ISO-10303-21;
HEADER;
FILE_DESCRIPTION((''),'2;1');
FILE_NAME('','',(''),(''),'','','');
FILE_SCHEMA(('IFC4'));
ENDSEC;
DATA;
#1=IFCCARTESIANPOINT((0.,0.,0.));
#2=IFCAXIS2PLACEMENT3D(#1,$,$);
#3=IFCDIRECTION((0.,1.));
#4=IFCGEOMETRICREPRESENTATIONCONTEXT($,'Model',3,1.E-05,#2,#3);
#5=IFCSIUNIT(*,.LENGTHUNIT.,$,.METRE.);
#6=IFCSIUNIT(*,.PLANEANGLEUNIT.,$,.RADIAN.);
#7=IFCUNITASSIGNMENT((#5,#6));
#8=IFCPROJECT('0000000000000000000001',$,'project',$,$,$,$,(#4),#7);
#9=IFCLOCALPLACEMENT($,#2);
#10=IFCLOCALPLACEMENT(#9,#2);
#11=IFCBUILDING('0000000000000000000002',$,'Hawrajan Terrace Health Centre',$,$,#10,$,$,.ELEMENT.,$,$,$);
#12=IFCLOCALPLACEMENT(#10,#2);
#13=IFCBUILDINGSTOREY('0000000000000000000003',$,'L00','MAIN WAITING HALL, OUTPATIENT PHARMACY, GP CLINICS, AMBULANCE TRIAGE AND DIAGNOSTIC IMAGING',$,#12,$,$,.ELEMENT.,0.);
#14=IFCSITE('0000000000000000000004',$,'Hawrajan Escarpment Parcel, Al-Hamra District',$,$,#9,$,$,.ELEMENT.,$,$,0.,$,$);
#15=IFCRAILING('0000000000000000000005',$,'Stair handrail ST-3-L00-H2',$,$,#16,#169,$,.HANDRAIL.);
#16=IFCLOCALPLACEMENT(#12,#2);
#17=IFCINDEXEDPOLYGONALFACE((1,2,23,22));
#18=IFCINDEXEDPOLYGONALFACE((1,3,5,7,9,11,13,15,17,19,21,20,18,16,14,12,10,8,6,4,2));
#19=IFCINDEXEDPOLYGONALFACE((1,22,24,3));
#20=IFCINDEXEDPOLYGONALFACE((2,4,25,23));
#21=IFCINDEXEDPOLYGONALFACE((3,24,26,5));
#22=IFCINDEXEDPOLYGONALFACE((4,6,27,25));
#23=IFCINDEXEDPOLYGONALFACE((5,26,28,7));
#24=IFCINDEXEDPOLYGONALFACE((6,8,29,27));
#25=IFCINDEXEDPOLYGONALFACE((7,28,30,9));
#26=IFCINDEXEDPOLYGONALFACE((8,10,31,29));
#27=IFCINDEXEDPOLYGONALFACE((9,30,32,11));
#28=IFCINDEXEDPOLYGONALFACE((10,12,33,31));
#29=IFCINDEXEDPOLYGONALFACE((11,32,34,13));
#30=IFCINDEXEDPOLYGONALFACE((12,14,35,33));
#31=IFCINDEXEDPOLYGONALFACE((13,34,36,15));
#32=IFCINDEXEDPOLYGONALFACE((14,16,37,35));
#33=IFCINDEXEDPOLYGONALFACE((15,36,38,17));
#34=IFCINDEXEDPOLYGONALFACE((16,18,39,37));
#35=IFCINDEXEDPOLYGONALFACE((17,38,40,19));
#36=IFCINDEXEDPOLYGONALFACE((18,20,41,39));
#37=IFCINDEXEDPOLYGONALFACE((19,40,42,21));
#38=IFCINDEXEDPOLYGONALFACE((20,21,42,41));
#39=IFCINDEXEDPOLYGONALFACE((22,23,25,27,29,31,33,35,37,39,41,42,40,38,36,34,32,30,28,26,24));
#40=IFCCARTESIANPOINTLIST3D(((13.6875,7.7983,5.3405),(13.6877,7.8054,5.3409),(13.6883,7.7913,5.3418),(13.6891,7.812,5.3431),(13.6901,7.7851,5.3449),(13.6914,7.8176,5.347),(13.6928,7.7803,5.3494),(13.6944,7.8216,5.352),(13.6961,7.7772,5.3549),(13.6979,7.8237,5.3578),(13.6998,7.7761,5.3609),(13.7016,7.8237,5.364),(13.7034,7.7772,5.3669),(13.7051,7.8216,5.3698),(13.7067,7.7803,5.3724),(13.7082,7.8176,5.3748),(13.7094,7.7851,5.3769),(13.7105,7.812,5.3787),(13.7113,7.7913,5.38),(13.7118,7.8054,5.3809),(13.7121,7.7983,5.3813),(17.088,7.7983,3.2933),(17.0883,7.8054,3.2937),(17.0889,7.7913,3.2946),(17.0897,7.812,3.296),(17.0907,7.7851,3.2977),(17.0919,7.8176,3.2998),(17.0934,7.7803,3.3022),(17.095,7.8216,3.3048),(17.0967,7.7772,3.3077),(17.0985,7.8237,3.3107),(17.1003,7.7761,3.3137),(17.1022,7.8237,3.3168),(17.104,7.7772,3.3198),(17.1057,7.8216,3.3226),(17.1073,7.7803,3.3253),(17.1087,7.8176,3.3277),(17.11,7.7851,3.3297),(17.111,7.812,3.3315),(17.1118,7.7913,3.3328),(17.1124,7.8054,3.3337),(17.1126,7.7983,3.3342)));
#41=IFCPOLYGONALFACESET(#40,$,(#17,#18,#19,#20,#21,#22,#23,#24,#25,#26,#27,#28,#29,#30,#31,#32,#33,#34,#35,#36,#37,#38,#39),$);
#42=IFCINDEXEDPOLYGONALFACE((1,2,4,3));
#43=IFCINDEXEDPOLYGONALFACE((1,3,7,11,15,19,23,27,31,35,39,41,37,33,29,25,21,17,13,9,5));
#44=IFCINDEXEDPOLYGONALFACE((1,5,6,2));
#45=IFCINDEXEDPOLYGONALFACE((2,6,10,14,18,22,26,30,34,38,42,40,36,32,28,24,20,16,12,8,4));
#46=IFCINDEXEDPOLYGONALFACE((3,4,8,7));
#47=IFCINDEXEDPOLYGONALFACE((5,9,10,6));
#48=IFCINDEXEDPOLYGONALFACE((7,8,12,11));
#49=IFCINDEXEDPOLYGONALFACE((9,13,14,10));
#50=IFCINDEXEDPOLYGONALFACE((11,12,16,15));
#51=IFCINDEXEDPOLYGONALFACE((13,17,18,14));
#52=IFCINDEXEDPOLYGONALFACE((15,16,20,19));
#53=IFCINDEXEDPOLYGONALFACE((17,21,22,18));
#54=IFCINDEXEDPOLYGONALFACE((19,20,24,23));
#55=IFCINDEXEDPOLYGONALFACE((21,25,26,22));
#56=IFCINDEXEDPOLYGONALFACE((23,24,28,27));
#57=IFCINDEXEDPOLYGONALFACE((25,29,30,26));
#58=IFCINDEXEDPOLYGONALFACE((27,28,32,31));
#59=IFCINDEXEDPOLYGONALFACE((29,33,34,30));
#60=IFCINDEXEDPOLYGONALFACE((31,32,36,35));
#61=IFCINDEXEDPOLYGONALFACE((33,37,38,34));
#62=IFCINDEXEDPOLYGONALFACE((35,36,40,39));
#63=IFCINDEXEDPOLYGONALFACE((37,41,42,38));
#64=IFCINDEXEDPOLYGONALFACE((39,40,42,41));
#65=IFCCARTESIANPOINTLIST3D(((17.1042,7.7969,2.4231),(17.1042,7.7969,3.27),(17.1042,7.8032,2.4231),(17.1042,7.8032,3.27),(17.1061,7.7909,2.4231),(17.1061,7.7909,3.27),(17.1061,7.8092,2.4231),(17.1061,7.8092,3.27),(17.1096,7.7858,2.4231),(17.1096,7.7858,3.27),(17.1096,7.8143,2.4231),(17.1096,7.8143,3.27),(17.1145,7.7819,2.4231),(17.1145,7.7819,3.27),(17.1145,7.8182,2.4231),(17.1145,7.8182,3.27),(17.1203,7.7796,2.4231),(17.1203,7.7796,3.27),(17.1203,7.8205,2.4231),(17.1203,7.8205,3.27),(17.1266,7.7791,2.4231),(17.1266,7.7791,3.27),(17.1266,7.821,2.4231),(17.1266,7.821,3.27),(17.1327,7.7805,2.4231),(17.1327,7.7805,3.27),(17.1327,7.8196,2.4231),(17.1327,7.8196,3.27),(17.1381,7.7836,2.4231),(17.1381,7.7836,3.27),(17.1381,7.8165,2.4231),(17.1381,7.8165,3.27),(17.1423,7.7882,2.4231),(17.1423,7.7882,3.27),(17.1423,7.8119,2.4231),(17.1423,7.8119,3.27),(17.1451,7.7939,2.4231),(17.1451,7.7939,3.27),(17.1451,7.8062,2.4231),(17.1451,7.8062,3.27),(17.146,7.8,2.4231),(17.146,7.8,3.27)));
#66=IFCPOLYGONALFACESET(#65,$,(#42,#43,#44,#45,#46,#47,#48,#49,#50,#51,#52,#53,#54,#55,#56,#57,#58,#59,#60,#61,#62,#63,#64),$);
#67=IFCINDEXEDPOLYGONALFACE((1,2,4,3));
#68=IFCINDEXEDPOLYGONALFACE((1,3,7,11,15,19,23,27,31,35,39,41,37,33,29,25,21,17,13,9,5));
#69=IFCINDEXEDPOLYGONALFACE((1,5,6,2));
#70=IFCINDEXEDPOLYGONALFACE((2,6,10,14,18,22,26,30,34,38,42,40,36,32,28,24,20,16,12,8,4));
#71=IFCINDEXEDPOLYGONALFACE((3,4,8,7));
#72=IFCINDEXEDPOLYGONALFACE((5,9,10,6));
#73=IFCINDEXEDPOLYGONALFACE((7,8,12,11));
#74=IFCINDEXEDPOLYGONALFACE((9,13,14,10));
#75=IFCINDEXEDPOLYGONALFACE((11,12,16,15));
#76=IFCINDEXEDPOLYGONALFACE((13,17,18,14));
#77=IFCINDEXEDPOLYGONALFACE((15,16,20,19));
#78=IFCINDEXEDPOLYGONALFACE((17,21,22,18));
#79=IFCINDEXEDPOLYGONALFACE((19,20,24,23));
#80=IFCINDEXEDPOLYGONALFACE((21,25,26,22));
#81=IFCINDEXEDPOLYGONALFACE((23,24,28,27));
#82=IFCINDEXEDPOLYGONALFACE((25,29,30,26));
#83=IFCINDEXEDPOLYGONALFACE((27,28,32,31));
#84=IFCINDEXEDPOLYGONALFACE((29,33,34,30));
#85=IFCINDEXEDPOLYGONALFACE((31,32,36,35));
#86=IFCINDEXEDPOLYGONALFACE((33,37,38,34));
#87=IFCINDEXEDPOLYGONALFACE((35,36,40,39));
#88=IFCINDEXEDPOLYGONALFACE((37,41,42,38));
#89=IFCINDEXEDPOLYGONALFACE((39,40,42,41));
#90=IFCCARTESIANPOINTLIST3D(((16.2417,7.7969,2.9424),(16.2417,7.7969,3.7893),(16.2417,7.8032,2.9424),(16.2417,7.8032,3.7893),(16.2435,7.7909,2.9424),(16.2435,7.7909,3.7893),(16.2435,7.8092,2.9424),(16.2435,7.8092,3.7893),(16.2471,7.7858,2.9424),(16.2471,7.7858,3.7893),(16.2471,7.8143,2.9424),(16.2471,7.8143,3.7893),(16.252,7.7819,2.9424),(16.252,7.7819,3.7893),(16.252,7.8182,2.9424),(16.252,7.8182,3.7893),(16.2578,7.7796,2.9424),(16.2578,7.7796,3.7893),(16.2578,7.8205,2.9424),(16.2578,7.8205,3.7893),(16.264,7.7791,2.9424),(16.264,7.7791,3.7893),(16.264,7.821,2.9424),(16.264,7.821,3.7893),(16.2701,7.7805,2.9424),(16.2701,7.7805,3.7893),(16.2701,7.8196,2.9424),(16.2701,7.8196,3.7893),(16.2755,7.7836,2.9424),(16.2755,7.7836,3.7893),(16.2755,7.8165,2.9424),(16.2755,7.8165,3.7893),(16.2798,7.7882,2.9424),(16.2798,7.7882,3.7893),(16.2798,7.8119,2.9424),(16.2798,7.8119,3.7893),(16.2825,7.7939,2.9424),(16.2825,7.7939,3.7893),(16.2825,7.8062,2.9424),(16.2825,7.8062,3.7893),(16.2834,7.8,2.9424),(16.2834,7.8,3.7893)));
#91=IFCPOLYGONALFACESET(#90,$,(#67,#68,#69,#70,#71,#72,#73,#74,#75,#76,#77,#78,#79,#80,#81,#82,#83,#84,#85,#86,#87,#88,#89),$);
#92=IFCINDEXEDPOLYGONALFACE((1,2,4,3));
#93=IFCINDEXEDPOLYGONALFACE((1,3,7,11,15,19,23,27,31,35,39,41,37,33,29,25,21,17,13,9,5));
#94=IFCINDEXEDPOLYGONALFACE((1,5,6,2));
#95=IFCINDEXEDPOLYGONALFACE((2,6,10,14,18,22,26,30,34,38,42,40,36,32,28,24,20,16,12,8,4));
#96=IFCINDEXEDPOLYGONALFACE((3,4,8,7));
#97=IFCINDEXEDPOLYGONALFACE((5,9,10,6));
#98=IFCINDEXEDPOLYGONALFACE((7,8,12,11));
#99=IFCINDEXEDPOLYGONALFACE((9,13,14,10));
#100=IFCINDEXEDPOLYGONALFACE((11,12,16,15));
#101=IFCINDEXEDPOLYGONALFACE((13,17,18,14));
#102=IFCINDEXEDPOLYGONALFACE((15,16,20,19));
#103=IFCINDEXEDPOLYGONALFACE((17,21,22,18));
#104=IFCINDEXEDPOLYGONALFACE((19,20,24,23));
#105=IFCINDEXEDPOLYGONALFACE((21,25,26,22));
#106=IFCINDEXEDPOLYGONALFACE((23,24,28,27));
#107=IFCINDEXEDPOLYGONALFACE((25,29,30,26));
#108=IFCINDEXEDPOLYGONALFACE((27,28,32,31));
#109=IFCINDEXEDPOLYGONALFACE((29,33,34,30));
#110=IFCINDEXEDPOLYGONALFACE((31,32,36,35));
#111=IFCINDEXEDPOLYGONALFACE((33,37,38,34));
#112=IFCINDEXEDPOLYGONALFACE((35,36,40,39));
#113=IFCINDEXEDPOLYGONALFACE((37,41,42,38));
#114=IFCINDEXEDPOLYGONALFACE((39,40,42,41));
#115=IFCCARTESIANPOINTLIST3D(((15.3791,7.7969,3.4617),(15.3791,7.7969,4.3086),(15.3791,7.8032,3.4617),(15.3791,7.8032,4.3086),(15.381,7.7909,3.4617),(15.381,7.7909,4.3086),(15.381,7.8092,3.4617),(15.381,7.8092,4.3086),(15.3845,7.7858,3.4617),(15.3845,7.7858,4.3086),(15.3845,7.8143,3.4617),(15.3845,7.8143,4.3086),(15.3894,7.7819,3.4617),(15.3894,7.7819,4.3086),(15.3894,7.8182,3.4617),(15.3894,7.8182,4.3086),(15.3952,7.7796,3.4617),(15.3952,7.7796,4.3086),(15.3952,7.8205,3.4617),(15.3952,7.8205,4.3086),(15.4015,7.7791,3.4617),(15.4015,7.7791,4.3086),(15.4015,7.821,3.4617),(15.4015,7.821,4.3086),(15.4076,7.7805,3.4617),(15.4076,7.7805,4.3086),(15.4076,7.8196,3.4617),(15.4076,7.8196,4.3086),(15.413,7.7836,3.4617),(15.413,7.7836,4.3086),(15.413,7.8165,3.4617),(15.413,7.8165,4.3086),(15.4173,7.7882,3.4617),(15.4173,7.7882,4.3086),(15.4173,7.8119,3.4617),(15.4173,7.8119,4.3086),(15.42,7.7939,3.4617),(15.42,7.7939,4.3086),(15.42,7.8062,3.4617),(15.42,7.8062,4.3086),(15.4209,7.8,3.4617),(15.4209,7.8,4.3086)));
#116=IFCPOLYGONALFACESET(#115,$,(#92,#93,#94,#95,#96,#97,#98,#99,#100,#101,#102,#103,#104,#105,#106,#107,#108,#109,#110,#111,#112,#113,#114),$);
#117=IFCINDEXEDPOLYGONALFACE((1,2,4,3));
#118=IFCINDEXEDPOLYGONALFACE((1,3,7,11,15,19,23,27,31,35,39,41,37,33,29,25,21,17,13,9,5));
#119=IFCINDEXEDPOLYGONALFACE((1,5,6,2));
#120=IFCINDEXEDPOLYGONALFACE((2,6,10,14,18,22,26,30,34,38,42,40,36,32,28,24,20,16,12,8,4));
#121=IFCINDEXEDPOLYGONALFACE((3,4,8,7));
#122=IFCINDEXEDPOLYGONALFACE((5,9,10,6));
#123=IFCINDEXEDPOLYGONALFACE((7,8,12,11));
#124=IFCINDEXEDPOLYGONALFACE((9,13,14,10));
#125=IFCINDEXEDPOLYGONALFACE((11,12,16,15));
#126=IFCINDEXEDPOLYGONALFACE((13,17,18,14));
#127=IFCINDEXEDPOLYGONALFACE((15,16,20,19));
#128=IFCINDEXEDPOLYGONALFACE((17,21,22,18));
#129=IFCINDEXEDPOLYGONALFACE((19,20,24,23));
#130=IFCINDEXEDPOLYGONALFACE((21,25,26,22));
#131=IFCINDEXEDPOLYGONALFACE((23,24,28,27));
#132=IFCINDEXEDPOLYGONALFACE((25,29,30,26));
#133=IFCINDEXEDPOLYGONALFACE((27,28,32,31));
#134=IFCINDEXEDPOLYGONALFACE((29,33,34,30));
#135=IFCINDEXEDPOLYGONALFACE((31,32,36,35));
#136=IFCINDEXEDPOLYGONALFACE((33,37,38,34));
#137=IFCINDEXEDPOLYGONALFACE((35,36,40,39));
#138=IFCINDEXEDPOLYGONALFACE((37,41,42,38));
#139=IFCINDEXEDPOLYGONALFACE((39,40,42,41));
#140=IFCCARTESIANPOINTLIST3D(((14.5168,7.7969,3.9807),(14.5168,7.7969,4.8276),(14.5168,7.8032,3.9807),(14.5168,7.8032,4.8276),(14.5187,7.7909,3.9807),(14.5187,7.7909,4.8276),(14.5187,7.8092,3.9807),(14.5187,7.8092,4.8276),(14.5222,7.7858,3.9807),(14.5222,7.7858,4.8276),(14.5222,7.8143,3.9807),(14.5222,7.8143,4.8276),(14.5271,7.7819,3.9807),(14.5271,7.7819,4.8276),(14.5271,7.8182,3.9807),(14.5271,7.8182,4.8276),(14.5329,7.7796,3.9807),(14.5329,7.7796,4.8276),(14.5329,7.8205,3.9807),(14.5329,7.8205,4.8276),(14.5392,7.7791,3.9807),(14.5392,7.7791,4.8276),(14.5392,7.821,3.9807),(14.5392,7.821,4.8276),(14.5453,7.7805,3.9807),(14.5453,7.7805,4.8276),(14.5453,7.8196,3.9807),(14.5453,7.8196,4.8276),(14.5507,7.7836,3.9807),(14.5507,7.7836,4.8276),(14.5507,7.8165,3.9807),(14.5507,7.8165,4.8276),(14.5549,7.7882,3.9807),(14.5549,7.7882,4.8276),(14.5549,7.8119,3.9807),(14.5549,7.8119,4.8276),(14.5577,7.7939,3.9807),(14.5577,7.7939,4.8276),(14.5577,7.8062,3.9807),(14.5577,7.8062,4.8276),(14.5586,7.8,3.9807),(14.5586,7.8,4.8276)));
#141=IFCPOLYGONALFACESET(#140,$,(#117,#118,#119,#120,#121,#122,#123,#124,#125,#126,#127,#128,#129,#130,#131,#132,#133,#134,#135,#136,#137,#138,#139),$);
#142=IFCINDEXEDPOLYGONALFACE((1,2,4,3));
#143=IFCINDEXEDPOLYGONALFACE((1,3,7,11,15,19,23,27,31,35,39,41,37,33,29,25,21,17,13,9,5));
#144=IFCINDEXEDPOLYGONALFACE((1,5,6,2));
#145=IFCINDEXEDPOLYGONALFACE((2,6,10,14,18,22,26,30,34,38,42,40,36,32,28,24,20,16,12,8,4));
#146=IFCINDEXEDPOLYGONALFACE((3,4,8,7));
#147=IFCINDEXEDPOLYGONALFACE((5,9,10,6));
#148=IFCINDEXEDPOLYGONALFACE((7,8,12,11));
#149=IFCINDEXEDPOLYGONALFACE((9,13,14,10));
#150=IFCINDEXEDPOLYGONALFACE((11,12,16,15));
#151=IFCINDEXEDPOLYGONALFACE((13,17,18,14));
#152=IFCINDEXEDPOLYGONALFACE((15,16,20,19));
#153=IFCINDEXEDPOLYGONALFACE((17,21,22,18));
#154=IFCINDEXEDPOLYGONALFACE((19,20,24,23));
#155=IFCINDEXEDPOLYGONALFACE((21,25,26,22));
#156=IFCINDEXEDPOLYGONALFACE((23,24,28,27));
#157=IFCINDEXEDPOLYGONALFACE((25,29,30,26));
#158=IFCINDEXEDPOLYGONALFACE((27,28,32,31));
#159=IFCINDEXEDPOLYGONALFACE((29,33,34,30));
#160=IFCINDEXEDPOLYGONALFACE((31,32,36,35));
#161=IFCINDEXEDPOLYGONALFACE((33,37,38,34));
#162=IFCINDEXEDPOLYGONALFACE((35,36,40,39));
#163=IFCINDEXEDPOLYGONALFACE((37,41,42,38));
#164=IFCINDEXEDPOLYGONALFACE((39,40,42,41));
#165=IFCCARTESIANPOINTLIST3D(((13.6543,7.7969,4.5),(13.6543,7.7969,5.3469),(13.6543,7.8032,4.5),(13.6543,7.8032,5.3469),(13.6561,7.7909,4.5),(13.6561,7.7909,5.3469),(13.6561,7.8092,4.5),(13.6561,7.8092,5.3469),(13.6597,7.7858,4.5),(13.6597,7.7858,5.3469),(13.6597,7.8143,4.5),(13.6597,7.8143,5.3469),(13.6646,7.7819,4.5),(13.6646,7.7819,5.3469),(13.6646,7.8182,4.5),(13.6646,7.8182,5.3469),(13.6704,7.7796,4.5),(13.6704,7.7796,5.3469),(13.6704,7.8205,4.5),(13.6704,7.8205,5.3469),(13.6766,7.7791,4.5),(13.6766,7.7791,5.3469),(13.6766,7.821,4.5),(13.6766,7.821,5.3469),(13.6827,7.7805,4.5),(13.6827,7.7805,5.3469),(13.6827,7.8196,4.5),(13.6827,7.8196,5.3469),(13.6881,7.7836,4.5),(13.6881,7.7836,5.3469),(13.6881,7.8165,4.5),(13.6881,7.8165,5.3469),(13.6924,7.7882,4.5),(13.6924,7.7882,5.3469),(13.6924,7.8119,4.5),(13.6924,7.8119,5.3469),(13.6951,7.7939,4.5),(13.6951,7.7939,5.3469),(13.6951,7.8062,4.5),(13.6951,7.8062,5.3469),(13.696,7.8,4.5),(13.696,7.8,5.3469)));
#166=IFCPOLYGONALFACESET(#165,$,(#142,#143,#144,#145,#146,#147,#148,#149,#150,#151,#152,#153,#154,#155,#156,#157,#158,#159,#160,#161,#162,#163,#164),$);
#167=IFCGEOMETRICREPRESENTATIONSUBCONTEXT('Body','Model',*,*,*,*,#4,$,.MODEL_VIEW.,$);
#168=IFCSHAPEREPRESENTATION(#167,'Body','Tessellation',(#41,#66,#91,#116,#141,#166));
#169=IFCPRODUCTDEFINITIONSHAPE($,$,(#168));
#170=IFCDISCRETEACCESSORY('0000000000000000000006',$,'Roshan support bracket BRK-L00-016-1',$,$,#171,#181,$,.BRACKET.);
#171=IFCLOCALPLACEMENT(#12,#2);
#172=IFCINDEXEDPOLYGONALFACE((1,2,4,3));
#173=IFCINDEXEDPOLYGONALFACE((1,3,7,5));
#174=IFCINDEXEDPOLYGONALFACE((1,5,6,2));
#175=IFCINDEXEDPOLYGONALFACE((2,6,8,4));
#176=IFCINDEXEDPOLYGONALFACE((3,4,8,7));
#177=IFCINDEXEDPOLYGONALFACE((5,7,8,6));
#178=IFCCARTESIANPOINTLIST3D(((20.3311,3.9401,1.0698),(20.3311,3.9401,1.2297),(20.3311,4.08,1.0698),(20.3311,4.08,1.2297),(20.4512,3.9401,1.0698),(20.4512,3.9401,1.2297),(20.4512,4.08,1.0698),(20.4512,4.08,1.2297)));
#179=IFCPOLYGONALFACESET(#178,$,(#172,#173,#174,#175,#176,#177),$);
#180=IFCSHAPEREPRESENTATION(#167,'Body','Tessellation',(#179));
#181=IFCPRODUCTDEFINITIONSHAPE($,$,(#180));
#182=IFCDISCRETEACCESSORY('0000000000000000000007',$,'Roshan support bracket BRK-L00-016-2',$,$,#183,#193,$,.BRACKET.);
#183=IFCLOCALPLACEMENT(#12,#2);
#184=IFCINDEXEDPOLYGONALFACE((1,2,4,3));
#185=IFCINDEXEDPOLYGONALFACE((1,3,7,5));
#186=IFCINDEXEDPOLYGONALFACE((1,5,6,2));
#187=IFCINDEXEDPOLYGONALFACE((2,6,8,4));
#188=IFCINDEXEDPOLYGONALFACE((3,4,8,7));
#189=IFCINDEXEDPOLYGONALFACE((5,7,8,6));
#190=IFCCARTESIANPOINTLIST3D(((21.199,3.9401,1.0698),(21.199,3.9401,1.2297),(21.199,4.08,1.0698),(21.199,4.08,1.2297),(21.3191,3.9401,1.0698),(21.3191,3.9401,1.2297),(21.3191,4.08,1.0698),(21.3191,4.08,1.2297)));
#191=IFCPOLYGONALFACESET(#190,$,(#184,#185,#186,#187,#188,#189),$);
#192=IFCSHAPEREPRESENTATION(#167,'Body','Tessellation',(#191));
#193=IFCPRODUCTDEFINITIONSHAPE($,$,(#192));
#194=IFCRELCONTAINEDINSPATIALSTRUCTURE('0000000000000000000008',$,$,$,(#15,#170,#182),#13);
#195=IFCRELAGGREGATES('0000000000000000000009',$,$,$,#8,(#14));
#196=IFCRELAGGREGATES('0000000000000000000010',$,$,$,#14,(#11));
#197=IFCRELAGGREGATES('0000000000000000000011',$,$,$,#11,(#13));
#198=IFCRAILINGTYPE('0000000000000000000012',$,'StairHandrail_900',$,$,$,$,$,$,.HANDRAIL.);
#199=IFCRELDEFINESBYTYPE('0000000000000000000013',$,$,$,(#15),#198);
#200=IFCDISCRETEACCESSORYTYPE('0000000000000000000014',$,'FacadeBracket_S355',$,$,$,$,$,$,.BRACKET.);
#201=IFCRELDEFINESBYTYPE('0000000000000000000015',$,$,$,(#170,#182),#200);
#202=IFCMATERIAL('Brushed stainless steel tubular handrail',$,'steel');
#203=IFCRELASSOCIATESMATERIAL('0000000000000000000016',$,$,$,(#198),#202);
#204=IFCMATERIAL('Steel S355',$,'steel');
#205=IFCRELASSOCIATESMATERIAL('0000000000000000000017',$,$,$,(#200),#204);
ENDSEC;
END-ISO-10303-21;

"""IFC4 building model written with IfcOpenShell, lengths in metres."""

from ifc_helpers import new_model, si_unit, direction, frame, origin, origin_2d, place, context, subcontext, project, spatial, rectangle, circle, extrude, material, type_object, element, save


model = new_model("IFC4")

# Units and contexts
model_context = context("Model", 3, precision=1e-05, world=origin(), true_north=direction((0.0, 1.0)))
body_context = subcontext(model_context, "Body", "Model", "MODEL_VIEW")
ifc_project = project(units=[si_unit("LENGTHUNIT", "METRE"), si_unit("PLANEANGLEUNIT", "RADIAN")], contexts=[model_context])

# Site, building, storey
site_placement = place(None, origin())
site = spatial("IfcSite", under=ifc_project, at=site_placement, Name="Hawrajan Escarpment Parcel, Al-Hamra District", CompositionType="ELEMENT", RefElevation=0.0)
building_placement = place(site_placement, origin())
building = spatial("IfcBuilding", under=site, at=building_placement, Name="Hawrajan Terrace Health Centre", CompositionType="ELEMENT")
storey_placement = place(building_placement, origin())
storey = spatial("IfcBuildingStorey", under=building, at=storey_placement, Name="L00", Description="MAIN WAITING HALL, OUTPATIENT PHARMACY, GP CLINICS, AMBULANCE TRIAGE AND DIAGNOSTIC IMAGING", CompositionType="ELEMENT", Elevation=0.0)

# Shared definitions
ifc_material_1 = material(Name="Steel S355", Category="steel")

# Railing
ifc_material_2 = material(Name="Brushed stainless steel tubular handrail", Category="steel")
railing_type = type_object("IfcRailingType", Name="StairHandrail_900", PredefinedType="HANDRAIL", material=ifc_material_2)
railing_placement = place(storey_placement, frame((17.125, 7.8, 2.4231)))
element("IfcRailing", 1, at=railing_placement, inside=storey, type_object=railing_type, Name="Stair handrail ST-3-L00-H2", PredefinedType="HANDRAIL", context=body_context, shape_type="SweptSolid", body=[
    extrude(circle(Radius=0.0239, at=origin_2d()), frame((-0.0247, 0.0, 0.8906), z_axis=(-0.856732, 0.0, 0.515761), x_axis=(0.0, -1.0, 0.0)), (0.0, 0.0, 1.0), 3.9692),
    extrude(circle(Radius=0.021, at=origin_2d()), origin(), (0.0, 0.0, 1.0), 0.8469),
    extrude(circle(Radius=0.021, at=origin_2d()), frame((-0.8625, 0.0, 0.5193)), (0.0, 0.0, 1.0), 0.8469),
    extrude(circle(Radius=0.021, at=origin_2d()), frame((-1.7251, 0.0, 1.0386)), (0.0, 0.0, 1.0), 0.8469),
    extrude(circle(Radius=0.021, at=origin_2d()), frame((-2.5874, 0.0, 1.5576)), (0.0, 0.0, 1.0), 0.8469),
    extrude(circle(Radius=0.021, at=origin_2d()), frame((-3.45, 0.0, 2.0769)), (0.0, 0.0, 1.0), 0.8469),
])

# Discrete accessories
discrete_accessory_type = type_object("IfcDiscreteAccessoryType", Name="FacadeBracket_S355", PredefinedType="BRACKET", material=ifc_material_1)
for number, where, z_axis, x_axis, name in (
    (2, (20.3911, 4.01, 1.0698), (0.0, 0.0, 1.0), (1.0, 0.0, 0.0), "Roshan support bracket BRK-L00-016-1"),
    (3, (21.259, 4.01, 1.0698), (0.0, 0.0, 1.0), (1.0, 0.0, 0.0), "Roshan support bracket BRK-L00-016-2"),
):
    element("IfcDiscreteAccessory", number, at=place(storey_placement, frame(where, z_axis=z_axis, x_axis=x_axis)), inside=storey, type_object=discrete_accessory_type, Name=name, PredefinedType="BRACKET", context=body_context, shape_type="SweptSolid", body=[
        extrude(rectangle(XDim=0.1201, YDim=0.1399, at=origin_2d()), origin(), (0.0, 0.0, 1.0), 0.1599),
    ])

save(model, "model.ifc")
